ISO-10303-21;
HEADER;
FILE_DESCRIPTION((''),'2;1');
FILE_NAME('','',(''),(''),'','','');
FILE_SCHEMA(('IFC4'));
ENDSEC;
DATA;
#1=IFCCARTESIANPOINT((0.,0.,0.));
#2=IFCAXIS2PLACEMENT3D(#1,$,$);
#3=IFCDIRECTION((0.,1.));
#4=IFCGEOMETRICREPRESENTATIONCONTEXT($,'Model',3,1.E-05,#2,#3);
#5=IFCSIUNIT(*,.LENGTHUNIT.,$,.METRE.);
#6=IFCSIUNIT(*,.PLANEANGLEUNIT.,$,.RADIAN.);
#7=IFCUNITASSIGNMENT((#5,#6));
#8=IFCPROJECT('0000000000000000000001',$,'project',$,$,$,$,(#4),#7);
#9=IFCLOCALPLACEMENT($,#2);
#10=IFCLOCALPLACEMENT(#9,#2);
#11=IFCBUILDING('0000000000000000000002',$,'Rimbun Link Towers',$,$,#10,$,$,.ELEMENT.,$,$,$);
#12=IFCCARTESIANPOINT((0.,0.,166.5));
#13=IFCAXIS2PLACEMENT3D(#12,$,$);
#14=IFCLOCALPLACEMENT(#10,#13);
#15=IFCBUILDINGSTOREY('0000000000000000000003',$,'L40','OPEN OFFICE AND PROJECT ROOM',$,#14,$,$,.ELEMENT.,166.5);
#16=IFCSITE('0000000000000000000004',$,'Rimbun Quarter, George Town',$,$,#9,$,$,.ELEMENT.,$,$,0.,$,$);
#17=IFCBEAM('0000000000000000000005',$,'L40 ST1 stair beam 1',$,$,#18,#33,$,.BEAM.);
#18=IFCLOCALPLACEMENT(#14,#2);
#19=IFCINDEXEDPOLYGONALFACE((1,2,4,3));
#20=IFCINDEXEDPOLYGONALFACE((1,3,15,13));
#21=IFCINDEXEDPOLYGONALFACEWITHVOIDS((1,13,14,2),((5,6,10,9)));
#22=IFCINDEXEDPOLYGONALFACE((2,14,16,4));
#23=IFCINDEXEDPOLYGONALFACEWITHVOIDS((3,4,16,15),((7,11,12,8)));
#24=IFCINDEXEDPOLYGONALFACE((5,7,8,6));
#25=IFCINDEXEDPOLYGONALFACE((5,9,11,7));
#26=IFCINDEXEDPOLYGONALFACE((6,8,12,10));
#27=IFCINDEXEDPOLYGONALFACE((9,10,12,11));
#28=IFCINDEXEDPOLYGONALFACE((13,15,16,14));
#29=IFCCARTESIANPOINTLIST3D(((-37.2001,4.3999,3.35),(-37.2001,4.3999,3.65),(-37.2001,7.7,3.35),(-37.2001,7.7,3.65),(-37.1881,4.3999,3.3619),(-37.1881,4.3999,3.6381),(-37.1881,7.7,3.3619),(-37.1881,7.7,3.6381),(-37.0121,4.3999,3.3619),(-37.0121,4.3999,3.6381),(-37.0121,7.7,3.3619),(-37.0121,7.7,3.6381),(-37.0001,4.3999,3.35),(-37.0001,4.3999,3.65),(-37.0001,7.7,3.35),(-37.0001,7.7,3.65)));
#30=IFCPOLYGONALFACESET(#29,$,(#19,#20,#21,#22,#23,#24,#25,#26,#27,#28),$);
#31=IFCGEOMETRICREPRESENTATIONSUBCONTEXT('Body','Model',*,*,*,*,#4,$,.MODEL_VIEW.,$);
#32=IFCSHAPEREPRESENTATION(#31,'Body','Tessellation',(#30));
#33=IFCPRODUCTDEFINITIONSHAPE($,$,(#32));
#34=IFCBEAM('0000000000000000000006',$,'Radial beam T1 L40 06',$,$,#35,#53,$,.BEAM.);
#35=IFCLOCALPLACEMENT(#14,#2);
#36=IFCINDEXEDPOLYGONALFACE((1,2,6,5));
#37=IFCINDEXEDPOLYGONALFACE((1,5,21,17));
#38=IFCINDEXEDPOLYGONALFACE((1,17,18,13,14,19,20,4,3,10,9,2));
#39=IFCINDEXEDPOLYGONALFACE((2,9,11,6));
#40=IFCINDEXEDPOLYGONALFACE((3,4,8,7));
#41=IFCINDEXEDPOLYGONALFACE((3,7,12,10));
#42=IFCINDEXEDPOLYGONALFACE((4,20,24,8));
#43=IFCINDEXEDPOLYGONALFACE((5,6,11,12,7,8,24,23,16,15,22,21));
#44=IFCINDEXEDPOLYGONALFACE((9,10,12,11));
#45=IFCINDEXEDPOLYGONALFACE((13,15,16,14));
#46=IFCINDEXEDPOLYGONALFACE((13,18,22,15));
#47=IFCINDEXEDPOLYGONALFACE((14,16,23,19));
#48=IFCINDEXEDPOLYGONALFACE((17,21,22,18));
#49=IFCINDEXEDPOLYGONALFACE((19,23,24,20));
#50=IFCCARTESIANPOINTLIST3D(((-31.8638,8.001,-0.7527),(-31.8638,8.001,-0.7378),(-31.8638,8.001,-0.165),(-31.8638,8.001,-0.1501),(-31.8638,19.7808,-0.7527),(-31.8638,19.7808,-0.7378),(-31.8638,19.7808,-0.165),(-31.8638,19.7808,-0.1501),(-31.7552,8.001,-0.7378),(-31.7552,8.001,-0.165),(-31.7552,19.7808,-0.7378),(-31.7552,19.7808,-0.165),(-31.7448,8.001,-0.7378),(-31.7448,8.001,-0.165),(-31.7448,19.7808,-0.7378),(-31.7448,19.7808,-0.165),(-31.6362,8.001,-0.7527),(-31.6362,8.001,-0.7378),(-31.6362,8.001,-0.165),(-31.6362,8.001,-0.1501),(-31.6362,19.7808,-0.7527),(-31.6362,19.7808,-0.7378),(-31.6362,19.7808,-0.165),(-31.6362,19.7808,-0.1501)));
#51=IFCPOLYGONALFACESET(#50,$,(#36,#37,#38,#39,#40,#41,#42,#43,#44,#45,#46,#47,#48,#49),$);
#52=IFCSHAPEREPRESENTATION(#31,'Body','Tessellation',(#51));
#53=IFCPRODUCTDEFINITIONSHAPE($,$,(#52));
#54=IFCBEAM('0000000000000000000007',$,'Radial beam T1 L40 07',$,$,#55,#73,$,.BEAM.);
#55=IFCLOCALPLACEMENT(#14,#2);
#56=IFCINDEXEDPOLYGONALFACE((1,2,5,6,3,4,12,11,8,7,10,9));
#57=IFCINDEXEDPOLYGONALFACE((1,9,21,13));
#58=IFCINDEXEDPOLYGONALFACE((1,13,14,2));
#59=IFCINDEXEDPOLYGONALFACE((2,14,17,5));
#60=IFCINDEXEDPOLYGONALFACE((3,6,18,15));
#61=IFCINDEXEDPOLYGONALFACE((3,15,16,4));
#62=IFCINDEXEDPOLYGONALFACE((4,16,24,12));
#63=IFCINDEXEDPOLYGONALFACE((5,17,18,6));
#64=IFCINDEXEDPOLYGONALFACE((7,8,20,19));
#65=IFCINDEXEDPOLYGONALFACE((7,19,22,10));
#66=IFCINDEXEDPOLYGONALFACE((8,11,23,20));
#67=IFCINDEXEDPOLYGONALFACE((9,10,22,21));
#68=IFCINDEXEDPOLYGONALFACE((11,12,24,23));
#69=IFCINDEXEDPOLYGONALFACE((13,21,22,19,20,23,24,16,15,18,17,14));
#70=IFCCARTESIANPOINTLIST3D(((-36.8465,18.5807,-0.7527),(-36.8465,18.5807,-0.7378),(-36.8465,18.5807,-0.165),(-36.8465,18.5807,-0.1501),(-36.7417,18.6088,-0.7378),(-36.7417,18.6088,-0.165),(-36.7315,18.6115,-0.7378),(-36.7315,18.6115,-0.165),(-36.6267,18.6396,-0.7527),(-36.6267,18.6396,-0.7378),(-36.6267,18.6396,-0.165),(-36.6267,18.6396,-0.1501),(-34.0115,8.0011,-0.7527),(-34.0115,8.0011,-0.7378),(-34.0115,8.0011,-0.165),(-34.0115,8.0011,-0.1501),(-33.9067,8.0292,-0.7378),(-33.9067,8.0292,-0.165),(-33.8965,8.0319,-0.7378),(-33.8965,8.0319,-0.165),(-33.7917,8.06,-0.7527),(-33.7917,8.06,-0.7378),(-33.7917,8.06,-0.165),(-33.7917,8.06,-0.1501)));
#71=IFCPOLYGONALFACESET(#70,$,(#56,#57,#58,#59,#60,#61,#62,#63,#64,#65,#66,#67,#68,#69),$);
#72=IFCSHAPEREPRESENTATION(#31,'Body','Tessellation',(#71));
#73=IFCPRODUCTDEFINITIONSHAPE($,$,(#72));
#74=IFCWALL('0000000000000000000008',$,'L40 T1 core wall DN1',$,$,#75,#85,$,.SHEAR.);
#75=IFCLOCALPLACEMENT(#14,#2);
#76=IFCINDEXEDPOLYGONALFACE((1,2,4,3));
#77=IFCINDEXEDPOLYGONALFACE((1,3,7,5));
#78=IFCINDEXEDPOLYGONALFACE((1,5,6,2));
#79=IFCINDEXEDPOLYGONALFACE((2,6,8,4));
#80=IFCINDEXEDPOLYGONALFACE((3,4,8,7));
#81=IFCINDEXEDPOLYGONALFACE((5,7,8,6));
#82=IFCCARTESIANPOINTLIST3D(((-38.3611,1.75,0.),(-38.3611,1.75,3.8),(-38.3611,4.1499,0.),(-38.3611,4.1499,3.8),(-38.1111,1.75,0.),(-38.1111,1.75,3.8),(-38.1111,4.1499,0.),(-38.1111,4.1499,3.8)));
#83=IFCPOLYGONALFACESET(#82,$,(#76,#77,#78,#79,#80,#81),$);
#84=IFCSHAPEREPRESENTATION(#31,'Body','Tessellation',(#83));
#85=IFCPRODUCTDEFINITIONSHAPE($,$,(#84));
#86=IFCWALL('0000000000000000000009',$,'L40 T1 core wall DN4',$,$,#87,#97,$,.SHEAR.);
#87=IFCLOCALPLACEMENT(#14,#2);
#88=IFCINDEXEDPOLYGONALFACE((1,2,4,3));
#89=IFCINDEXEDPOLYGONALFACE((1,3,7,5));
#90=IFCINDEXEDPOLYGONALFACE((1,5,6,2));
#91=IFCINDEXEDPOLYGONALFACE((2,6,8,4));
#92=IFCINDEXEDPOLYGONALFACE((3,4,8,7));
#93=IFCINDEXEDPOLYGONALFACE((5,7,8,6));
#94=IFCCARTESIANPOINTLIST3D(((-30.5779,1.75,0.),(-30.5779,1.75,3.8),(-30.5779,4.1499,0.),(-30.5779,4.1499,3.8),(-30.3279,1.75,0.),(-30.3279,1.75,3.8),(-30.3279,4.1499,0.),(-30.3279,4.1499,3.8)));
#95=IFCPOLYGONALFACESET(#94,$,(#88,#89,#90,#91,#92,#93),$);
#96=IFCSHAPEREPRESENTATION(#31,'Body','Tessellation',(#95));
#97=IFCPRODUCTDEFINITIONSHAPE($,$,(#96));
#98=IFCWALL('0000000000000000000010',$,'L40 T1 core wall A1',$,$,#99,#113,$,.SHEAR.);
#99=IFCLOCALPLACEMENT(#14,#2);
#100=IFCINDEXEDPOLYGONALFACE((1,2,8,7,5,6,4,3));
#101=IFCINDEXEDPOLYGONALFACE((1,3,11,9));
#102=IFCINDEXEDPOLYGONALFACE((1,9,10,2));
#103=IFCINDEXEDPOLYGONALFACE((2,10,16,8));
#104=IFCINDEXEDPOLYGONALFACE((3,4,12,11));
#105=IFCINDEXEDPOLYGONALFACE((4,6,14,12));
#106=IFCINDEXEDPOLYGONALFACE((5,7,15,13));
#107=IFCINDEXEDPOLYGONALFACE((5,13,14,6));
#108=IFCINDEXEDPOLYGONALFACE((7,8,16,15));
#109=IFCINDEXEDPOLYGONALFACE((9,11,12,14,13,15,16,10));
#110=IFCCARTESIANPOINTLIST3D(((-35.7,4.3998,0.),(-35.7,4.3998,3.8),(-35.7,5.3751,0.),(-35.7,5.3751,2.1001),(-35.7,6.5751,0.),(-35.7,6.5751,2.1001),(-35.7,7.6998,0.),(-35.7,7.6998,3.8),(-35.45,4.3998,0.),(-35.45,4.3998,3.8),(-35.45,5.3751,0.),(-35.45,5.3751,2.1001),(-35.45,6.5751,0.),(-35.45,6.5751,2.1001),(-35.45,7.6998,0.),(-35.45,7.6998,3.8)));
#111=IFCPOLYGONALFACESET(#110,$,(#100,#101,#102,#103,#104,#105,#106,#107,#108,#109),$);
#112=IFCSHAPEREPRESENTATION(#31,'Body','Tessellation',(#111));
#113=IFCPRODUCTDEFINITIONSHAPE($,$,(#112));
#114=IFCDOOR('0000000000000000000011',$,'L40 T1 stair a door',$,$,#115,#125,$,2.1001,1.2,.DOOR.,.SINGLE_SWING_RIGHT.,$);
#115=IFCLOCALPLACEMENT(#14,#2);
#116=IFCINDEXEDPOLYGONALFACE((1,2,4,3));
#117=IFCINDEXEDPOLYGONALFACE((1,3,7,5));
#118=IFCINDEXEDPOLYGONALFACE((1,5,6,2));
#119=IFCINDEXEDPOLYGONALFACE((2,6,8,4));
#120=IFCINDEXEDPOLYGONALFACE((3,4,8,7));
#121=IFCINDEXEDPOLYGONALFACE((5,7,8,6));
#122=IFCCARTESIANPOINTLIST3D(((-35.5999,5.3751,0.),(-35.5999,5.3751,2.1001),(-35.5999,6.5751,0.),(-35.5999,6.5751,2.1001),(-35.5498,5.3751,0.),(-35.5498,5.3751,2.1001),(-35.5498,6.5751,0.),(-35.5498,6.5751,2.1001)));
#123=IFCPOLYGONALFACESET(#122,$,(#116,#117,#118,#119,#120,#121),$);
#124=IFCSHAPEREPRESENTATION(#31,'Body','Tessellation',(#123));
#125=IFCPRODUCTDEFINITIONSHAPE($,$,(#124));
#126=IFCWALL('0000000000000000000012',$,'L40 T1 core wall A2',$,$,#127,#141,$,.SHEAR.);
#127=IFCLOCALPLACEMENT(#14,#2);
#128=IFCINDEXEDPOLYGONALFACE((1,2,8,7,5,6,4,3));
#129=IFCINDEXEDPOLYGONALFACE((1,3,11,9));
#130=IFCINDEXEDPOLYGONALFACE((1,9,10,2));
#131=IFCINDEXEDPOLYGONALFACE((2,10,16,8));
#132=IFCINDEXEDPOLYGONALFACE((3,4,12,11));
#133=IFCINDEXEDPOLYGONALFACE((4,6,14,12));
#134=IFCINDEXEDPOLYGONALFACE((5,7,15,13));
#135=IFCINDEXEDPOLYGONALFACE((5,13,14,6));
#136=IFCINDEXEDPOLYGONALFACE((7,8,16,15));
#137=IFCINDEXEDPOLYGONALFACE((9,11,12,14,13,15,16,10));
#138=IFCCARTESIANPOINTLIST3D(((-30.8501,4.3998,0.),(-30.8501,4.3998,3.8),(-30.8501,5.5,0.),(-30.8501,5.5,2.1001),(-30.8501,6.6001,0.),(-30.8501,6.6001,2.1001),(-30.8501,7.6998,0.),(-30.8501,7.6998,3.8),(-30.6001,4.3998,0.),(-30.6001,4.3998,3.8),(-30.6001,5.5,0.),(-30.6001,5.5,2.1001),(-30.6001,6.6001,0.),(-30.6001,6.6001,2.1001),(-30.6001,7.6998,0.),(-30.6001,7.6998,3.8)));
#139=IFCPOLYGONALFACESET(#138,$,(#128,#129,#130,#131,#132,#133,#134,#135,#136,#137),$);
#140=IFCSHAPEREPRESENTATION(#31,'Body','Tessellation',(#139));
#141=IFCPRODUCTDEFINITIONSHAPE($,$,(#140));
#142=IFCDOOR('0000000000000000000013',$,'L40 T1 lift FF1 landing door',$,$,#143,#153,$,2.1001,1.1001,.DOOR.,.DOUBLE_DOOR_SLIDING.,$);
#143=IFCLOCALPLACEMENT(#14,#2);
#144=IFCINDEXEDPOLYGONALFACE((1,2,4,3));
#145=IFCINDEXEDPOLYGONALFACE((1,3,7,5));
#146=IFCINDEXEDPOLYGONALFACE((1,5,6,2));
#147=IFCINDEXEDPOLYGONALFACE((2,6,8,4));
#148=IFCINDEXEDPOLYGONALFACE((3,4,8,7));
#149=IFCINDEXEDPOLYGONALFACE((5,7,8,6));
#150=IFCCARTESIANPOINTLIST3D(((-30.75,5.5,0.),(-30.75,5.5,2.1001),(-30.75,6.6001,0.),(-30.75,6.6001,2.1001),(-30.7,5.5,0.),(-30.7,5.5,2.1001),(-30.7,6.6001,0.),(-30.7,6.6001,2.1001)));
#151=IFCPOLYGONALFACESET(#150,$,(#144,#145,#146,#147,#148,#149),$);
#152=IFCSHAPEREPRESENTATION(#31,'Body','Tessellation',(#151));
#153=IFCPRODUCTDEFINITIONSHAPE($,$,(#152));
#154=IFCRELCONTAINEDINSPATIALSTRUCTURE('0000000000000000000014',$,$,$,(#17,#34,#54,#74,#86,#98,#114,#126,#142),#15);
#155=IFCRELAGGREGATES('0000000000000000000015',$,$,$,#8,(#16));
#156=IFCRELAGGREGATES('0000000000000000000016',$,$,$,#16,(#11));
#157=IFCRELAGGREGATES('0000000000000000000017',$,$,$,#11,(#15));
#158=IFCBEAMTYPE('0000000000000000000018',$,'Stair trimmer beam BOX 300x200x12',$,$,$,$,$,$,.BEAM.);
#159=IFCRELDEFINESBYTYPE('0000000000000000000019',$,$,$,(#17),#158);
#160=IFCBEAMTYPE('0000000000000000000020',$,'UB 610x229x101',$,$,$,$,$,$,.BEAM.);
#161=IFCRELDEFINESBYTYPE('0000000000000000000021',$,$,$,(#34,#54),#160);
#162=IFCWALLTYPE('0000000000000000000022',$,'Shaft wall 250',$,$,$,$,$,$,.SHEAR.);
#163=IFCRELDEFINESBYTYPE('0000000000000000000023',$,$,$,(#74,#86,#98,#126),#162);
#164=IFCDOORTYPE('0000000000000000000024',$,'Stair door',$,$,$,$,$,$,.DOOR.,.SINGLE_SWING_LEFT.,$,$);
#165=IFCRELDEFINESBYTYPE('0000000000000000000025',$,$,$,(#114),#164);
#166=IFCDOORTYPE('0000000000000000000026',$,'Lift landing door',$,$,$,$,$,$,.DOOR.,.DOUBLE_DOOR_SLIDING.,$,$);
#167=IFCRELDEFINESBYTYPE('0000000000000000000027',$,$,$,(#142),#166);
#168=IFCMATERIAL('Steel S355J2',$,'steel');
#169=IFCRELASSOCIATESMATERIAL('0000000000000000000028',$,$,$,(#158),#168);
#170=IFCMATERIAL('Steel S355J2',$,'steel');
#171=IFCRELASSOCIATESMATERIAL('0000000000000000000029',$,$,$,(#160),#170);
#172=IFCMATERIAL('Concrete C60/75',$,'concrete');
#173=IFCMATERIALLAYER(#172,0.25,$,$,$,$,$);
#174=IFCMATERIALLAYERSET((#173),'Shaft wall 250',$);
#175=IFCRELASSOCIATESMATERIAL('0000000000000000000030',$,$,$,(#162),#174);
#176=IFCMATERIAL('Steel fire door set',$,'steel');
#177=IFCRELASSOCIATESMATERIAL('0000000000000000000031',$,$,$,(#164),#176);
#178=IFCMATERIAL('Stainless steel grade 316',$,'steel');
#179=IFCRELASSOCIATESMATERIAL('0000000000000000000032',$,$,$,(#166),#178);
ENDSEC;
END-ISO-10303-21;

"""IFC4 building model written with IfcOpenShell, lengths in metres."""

from ifc_helpers import new_model, si_unit, direction, frame, frame_2d, origin, origin_2d, place, context, subcontext, project, spatial, rectangle, hollow_rectangle, i_section, extrude, material, layer, layer_set, material_profile, profile_set, type_object, element, fill, save


model = new_model("IFC4")

# Units and contexts
model_context = context("Model", 3, precision=1e-05, world=origin(), true_north=direction((0.0, 1.0)))
body_context = subcontext(model_context, "Body", "Model", "MODEL_VIEW")
ifc_project = project(units=[si_unit("LENGTHUNIT", "METRE"), si_unit("PLANEANGLEUNIT", "RADIAN")], contexts=[model_context])

# Site, building, storey
site_placement = place(None, origin())
site = spatial("IfcSite", under=ifc_project, at=site_placement, Name="Rimbun Quarter, George Town", CompositionType="ELEMENT", RefElevation=0.0)
building_placement = place(site_placement, origin())
building = spatial("IfcBuilding", under=site, at=building_placement, Name="Rimbun Link Towers", CompositionType="ELEMENT")
storey_placement = place(building_placement, frame((0.0, 0.0, 166.5)))
storey = spatial("IfcBuildingStorey", under=building, at=storey_placement, Name="L40", Description="OPEN OFFICE AND PROJECT ROOM", CompositionType="ELEMENT", Elevation=166.5)

# Beams
ifc_material_1 = material(Name="Steel S355J2", Category="steel")
ifc_material_profile_1 = material_profile(ifc_material_1, hollow_rectangle(XDim=0.2, YDim=0.3, WallThickness=0.012, at=origin_2d()), Name="BOX 300x200x12")
ifc_profile_set_1 = profile_set([ifc_material_profile_1], Name="Steel S355J2")
beam_type_1 = type_object("IfcBeamType", Name="Stair trimmer beam BOX 300x200x12", PredefinedType="BEAM", material=ifc_profile_set_1)
beam_1_placement = place(storey_placement, frame((-37.1001, 7.7, 3.5), z_axis=(0.0, -1.0, 0.0), x_axis=(1.0, 0.0, 0.0)))
element("IfcBeam", 1, at=beam_1_placement, inside=storey, type_object=beam_type_1, Name="L40 ST1 stair beam 1", PredefinedType="BEAM", context=body_context, shape_type="SweptSolid", body=[
    extrude(hollow_rectangle(XDim=0.2, YDim=0.3, WallThickness=0.012, at=origin_2d()), origin(), (0.0, 0.0, 1.0), 3.3),
])
ifc_material_2 = material(Name="Steel S355J2", Category="steel")
ifc_material_profile_2 = material_profile(ifc_material_2, i_section(OverallWidth=0.2275, OverallDepth=0.6025, WebThickness=0.0105, FlangeThickness=0.0149, at=origin_2d()), Name="UB 610x229x101")
ifc_profile_set_2 = profile_set([ifc_material_profile_2], Name="Steel S355J2")
beam_type_2 = type_object("IfcBeamType", Name="UB 610x229x101", PredefinedType="BEAM", material=ifc_profile_set_2)
beam_2_placement = place(storey_placement, frame((-31.75, 8.001, -0.4514), z_axis=(0.0, 1.0, 0.0), x_axis=(-1.0, 0.0, 0.0)))
element("IfcBeam", 2, at=beam_2_placement, inside=storey, type_object=beam_type_2, Name="Radial beam T1 L40 06", PredefinedType="BEAM", context=body_context, shape_type="SweptSolid", body=[
    extrude(i_section(OverallWidth=0.2275, OverallDepth=0.6025, WebThickness=0.0105, FlangeThickness=0.0149, at=origin_2d()), origin(), (0.0, 0.0, 1.0), 11.7798),
])
beam_3_placement = place(storey_placement, frame((-33.9016, 8.0305, -0.4514), z_axis=(-0.258833, 0.965922, 0.0), x_axis=(-0.965922, -0.258833, 0.0)))
element("IfcBeam", 3, at=beam_3_placement, inside=storey, type_object=beam_type_2, Name="Radial beam T1 L40 07", PredefinedType="BEAM", context=body_context, shape_type="SweptSolid", body=[
    extrude(i_section(OverallWidth=0.2275, OverallDepth=0.6025, WebThickness=0.0105, FlangeThickness=0.0149, at=origin_2d()), origin(), (0.0, 0.0, 1.0), 10.9529),
])

# Walls
ifc_material_3 = material(Name="Concrete C60/75", Category="concrete")
ifc_layer = layer(ifc_material_3, 0.25)
ifc_layer_set = layer_set([ifc_layer], Name="Shaft wall 250")
wall_type = type_object("IfcWallType", Name="Shaft wall 250", PredefinedType="SHEAR", material=ifc_layer_set)
for number, where, z_axis, x_axis, name in (
    (4, (-38.2361, 1.75, 0.0), (0.0, 0.0, 1.0), (0.0, 1.0, 0.0), "L40 T1 core wall DN1"),
    (5, (-30.4529, 1.75, 0.0), (0.0, 0.0, 1.0), (0.0, 1.0, 0.0), "L40 T1 core wall DN4"),
):
    element("IfcWall", number, at=place(storey_placement, frame(where, z_axis=z_axis, x_axis=x_axis)), inside=storey, type_object=wall_type, Name=name, PredefinedType="SHEAR", context=body_context, shape_type="SweptSolid", body=[
        extrude(rectangle(XDim=2.3999, YDim=0.25, at=frame_2d((1.2, 0.0))), origin(), (0.0, 0.0, 1.0), 3.8),
    ])

# Walls, openings, doors
wall_1_placement = place(storey_placement, frame((-35.575, 4.3999, 0.0), z_axis=(0.0, 0.0, 1.0), x_axis=(0.0, 1.0, 0.0)))
wall_1 = element("IfcWall", 6, at=wall_1_placement, inside=storey, type_object=wall_type, Name="L40 T1 core wall A1", PredefinedType="SHEAR", context=body_context, shape_type="SweptSolid", body=[
    extrude(rectangle(XDim=3.3, YDim=0.25, at=frame_2d((1.6499, 0.0))), origin(), (0.0, 0.0, 1.0), 3.8),
])
opening_1_placement = place(wall_1_placement, frame((0.9751, 0.0, 0.0)))
opening_1 = element("IfcOpeningElement", 7, at=opening_1_placement, cuts=wall_1, PredefinedType="OPENING", context=body_context, shape_type="SweptSolid", body=[
    extrude(rectangle(XDim=1.2, YDim=2.1001, at=frame_2d((0.6001, 1.05))), frame((0.0, 0.135, 0.0), z_axis=(0.0, -1.0, 0.0), x_axis=(1.0, 0.0, 0.0)), (0.0, 0.0, 1.0), 0.27),
])
ifc_material_4 = material(Name="Steel fire door set", Category="steel")
door_type_1 = type_object("IfcDoorType", Name="Stair door", OperationType="SINGLE_SWING_LEFT", PredefinedType="DOOR", material=ifc_material_4)
door_1_placement = place(opening_1_placement, origin())
door_1 = element("IfcDoor", 8, at=door_1_placement, inside=storey, type_object=door_type_1, Name="L40 T1 stair a door", OperationType="SINGLE_SWING_RIGHT", OverallHeight=2.1001, OverallWidth=1.2, PredefinedType="DOOR", context=body_context, shape_type="SweptSolid", body=[
    extrude(rectangle(XDim=1.2, YDim=2.1001, at=frame_2d((0.6001, 1.05))), frame((0.0, 0.0249, 0.0), z_axis=(0.0, -1.0, 0.0), x_axis=(1.0, 0.0, 0.0)), (0.0, 0.0, 1.0), 0.05),
])
fill(opening_1, door_1)
wall_2_placement = place(storey_placement, frame((-30.7251, 4.3999, 0.0), z_axis=(0.0, 0.0, 1.0), x_axis=(0.0, 1.0, 0.0)))
wall_2 = element("IfcWall", 9, at=wall_2_placement, inside=storey, type_object=wall_type, Name="L40 T1 core wall A2", PredefinedType="SHEAR", context=body_context, shape_type="SweptSolid", body=[
    extrude(rectangle(XDim=3.3, YDim=0.25, at=frame_2d((1.6499, 0.0))), origin(), (0.0, 0.0, 1.0), 3.8),
])
opening_2_placement = place(wall_2_placement, frame((1.1001, 0.0, 0.0)))
opening_2 = element("IfcOpeningElement", 10, at=opening_2_placement, cuts=wall_2, PredefinedType="OPENING", context=body_context, shape_type="SweptSolid", body=[
    extrude(rectangle(XDim=1.1001, YDim=2.1001, at=frame_2d((0.55, 1.05))), frame((0.0, 0.135, 0.0), z_axis=(0.0, -1.0, 0.0), x_axis=(1.0, 0.0, 0.0)), (0.0, 0.0, 1.0), 0.27),
])
ifc_material_5 = material(Name="Stainless steel grade 316", Category="steel")
door_type_2 = type_object("IfcDoorType", Name="Lift landing door", OperationType="DOUBLE_DOOR_SLIDING", PredefinedType="DOOR", material=ifc_material_5)
door_2_placement = place(opening_2_placement, origin())
door_2 = element("IfcDoor", 11, at=door_2_placement, inside=storey, type_object=door_type_2, Name="L40 T1 lift FF1 landing door", OperationType="DOUBLE_DOOR_SLIDING", OverallHeight=2.1001, OverallWidth=1.1001, PredefinedType="DOOR", context=body_context, shape_type="SweptSolid", body=[
    extrude(rectangle(XDim=1.1001, YDim=2.1001, at=frame_2d((0.55, 1.05))), frame((0.0, 0.0249, 0.0), z_axis=(0.0, -1.0, 0.0), x_axis=(1.0, 0.0, 0.0)), (0.0, 0.0, 1.0), 0.05),
])
fill(opening_2, door_2)

save(model, "model.ifc")
